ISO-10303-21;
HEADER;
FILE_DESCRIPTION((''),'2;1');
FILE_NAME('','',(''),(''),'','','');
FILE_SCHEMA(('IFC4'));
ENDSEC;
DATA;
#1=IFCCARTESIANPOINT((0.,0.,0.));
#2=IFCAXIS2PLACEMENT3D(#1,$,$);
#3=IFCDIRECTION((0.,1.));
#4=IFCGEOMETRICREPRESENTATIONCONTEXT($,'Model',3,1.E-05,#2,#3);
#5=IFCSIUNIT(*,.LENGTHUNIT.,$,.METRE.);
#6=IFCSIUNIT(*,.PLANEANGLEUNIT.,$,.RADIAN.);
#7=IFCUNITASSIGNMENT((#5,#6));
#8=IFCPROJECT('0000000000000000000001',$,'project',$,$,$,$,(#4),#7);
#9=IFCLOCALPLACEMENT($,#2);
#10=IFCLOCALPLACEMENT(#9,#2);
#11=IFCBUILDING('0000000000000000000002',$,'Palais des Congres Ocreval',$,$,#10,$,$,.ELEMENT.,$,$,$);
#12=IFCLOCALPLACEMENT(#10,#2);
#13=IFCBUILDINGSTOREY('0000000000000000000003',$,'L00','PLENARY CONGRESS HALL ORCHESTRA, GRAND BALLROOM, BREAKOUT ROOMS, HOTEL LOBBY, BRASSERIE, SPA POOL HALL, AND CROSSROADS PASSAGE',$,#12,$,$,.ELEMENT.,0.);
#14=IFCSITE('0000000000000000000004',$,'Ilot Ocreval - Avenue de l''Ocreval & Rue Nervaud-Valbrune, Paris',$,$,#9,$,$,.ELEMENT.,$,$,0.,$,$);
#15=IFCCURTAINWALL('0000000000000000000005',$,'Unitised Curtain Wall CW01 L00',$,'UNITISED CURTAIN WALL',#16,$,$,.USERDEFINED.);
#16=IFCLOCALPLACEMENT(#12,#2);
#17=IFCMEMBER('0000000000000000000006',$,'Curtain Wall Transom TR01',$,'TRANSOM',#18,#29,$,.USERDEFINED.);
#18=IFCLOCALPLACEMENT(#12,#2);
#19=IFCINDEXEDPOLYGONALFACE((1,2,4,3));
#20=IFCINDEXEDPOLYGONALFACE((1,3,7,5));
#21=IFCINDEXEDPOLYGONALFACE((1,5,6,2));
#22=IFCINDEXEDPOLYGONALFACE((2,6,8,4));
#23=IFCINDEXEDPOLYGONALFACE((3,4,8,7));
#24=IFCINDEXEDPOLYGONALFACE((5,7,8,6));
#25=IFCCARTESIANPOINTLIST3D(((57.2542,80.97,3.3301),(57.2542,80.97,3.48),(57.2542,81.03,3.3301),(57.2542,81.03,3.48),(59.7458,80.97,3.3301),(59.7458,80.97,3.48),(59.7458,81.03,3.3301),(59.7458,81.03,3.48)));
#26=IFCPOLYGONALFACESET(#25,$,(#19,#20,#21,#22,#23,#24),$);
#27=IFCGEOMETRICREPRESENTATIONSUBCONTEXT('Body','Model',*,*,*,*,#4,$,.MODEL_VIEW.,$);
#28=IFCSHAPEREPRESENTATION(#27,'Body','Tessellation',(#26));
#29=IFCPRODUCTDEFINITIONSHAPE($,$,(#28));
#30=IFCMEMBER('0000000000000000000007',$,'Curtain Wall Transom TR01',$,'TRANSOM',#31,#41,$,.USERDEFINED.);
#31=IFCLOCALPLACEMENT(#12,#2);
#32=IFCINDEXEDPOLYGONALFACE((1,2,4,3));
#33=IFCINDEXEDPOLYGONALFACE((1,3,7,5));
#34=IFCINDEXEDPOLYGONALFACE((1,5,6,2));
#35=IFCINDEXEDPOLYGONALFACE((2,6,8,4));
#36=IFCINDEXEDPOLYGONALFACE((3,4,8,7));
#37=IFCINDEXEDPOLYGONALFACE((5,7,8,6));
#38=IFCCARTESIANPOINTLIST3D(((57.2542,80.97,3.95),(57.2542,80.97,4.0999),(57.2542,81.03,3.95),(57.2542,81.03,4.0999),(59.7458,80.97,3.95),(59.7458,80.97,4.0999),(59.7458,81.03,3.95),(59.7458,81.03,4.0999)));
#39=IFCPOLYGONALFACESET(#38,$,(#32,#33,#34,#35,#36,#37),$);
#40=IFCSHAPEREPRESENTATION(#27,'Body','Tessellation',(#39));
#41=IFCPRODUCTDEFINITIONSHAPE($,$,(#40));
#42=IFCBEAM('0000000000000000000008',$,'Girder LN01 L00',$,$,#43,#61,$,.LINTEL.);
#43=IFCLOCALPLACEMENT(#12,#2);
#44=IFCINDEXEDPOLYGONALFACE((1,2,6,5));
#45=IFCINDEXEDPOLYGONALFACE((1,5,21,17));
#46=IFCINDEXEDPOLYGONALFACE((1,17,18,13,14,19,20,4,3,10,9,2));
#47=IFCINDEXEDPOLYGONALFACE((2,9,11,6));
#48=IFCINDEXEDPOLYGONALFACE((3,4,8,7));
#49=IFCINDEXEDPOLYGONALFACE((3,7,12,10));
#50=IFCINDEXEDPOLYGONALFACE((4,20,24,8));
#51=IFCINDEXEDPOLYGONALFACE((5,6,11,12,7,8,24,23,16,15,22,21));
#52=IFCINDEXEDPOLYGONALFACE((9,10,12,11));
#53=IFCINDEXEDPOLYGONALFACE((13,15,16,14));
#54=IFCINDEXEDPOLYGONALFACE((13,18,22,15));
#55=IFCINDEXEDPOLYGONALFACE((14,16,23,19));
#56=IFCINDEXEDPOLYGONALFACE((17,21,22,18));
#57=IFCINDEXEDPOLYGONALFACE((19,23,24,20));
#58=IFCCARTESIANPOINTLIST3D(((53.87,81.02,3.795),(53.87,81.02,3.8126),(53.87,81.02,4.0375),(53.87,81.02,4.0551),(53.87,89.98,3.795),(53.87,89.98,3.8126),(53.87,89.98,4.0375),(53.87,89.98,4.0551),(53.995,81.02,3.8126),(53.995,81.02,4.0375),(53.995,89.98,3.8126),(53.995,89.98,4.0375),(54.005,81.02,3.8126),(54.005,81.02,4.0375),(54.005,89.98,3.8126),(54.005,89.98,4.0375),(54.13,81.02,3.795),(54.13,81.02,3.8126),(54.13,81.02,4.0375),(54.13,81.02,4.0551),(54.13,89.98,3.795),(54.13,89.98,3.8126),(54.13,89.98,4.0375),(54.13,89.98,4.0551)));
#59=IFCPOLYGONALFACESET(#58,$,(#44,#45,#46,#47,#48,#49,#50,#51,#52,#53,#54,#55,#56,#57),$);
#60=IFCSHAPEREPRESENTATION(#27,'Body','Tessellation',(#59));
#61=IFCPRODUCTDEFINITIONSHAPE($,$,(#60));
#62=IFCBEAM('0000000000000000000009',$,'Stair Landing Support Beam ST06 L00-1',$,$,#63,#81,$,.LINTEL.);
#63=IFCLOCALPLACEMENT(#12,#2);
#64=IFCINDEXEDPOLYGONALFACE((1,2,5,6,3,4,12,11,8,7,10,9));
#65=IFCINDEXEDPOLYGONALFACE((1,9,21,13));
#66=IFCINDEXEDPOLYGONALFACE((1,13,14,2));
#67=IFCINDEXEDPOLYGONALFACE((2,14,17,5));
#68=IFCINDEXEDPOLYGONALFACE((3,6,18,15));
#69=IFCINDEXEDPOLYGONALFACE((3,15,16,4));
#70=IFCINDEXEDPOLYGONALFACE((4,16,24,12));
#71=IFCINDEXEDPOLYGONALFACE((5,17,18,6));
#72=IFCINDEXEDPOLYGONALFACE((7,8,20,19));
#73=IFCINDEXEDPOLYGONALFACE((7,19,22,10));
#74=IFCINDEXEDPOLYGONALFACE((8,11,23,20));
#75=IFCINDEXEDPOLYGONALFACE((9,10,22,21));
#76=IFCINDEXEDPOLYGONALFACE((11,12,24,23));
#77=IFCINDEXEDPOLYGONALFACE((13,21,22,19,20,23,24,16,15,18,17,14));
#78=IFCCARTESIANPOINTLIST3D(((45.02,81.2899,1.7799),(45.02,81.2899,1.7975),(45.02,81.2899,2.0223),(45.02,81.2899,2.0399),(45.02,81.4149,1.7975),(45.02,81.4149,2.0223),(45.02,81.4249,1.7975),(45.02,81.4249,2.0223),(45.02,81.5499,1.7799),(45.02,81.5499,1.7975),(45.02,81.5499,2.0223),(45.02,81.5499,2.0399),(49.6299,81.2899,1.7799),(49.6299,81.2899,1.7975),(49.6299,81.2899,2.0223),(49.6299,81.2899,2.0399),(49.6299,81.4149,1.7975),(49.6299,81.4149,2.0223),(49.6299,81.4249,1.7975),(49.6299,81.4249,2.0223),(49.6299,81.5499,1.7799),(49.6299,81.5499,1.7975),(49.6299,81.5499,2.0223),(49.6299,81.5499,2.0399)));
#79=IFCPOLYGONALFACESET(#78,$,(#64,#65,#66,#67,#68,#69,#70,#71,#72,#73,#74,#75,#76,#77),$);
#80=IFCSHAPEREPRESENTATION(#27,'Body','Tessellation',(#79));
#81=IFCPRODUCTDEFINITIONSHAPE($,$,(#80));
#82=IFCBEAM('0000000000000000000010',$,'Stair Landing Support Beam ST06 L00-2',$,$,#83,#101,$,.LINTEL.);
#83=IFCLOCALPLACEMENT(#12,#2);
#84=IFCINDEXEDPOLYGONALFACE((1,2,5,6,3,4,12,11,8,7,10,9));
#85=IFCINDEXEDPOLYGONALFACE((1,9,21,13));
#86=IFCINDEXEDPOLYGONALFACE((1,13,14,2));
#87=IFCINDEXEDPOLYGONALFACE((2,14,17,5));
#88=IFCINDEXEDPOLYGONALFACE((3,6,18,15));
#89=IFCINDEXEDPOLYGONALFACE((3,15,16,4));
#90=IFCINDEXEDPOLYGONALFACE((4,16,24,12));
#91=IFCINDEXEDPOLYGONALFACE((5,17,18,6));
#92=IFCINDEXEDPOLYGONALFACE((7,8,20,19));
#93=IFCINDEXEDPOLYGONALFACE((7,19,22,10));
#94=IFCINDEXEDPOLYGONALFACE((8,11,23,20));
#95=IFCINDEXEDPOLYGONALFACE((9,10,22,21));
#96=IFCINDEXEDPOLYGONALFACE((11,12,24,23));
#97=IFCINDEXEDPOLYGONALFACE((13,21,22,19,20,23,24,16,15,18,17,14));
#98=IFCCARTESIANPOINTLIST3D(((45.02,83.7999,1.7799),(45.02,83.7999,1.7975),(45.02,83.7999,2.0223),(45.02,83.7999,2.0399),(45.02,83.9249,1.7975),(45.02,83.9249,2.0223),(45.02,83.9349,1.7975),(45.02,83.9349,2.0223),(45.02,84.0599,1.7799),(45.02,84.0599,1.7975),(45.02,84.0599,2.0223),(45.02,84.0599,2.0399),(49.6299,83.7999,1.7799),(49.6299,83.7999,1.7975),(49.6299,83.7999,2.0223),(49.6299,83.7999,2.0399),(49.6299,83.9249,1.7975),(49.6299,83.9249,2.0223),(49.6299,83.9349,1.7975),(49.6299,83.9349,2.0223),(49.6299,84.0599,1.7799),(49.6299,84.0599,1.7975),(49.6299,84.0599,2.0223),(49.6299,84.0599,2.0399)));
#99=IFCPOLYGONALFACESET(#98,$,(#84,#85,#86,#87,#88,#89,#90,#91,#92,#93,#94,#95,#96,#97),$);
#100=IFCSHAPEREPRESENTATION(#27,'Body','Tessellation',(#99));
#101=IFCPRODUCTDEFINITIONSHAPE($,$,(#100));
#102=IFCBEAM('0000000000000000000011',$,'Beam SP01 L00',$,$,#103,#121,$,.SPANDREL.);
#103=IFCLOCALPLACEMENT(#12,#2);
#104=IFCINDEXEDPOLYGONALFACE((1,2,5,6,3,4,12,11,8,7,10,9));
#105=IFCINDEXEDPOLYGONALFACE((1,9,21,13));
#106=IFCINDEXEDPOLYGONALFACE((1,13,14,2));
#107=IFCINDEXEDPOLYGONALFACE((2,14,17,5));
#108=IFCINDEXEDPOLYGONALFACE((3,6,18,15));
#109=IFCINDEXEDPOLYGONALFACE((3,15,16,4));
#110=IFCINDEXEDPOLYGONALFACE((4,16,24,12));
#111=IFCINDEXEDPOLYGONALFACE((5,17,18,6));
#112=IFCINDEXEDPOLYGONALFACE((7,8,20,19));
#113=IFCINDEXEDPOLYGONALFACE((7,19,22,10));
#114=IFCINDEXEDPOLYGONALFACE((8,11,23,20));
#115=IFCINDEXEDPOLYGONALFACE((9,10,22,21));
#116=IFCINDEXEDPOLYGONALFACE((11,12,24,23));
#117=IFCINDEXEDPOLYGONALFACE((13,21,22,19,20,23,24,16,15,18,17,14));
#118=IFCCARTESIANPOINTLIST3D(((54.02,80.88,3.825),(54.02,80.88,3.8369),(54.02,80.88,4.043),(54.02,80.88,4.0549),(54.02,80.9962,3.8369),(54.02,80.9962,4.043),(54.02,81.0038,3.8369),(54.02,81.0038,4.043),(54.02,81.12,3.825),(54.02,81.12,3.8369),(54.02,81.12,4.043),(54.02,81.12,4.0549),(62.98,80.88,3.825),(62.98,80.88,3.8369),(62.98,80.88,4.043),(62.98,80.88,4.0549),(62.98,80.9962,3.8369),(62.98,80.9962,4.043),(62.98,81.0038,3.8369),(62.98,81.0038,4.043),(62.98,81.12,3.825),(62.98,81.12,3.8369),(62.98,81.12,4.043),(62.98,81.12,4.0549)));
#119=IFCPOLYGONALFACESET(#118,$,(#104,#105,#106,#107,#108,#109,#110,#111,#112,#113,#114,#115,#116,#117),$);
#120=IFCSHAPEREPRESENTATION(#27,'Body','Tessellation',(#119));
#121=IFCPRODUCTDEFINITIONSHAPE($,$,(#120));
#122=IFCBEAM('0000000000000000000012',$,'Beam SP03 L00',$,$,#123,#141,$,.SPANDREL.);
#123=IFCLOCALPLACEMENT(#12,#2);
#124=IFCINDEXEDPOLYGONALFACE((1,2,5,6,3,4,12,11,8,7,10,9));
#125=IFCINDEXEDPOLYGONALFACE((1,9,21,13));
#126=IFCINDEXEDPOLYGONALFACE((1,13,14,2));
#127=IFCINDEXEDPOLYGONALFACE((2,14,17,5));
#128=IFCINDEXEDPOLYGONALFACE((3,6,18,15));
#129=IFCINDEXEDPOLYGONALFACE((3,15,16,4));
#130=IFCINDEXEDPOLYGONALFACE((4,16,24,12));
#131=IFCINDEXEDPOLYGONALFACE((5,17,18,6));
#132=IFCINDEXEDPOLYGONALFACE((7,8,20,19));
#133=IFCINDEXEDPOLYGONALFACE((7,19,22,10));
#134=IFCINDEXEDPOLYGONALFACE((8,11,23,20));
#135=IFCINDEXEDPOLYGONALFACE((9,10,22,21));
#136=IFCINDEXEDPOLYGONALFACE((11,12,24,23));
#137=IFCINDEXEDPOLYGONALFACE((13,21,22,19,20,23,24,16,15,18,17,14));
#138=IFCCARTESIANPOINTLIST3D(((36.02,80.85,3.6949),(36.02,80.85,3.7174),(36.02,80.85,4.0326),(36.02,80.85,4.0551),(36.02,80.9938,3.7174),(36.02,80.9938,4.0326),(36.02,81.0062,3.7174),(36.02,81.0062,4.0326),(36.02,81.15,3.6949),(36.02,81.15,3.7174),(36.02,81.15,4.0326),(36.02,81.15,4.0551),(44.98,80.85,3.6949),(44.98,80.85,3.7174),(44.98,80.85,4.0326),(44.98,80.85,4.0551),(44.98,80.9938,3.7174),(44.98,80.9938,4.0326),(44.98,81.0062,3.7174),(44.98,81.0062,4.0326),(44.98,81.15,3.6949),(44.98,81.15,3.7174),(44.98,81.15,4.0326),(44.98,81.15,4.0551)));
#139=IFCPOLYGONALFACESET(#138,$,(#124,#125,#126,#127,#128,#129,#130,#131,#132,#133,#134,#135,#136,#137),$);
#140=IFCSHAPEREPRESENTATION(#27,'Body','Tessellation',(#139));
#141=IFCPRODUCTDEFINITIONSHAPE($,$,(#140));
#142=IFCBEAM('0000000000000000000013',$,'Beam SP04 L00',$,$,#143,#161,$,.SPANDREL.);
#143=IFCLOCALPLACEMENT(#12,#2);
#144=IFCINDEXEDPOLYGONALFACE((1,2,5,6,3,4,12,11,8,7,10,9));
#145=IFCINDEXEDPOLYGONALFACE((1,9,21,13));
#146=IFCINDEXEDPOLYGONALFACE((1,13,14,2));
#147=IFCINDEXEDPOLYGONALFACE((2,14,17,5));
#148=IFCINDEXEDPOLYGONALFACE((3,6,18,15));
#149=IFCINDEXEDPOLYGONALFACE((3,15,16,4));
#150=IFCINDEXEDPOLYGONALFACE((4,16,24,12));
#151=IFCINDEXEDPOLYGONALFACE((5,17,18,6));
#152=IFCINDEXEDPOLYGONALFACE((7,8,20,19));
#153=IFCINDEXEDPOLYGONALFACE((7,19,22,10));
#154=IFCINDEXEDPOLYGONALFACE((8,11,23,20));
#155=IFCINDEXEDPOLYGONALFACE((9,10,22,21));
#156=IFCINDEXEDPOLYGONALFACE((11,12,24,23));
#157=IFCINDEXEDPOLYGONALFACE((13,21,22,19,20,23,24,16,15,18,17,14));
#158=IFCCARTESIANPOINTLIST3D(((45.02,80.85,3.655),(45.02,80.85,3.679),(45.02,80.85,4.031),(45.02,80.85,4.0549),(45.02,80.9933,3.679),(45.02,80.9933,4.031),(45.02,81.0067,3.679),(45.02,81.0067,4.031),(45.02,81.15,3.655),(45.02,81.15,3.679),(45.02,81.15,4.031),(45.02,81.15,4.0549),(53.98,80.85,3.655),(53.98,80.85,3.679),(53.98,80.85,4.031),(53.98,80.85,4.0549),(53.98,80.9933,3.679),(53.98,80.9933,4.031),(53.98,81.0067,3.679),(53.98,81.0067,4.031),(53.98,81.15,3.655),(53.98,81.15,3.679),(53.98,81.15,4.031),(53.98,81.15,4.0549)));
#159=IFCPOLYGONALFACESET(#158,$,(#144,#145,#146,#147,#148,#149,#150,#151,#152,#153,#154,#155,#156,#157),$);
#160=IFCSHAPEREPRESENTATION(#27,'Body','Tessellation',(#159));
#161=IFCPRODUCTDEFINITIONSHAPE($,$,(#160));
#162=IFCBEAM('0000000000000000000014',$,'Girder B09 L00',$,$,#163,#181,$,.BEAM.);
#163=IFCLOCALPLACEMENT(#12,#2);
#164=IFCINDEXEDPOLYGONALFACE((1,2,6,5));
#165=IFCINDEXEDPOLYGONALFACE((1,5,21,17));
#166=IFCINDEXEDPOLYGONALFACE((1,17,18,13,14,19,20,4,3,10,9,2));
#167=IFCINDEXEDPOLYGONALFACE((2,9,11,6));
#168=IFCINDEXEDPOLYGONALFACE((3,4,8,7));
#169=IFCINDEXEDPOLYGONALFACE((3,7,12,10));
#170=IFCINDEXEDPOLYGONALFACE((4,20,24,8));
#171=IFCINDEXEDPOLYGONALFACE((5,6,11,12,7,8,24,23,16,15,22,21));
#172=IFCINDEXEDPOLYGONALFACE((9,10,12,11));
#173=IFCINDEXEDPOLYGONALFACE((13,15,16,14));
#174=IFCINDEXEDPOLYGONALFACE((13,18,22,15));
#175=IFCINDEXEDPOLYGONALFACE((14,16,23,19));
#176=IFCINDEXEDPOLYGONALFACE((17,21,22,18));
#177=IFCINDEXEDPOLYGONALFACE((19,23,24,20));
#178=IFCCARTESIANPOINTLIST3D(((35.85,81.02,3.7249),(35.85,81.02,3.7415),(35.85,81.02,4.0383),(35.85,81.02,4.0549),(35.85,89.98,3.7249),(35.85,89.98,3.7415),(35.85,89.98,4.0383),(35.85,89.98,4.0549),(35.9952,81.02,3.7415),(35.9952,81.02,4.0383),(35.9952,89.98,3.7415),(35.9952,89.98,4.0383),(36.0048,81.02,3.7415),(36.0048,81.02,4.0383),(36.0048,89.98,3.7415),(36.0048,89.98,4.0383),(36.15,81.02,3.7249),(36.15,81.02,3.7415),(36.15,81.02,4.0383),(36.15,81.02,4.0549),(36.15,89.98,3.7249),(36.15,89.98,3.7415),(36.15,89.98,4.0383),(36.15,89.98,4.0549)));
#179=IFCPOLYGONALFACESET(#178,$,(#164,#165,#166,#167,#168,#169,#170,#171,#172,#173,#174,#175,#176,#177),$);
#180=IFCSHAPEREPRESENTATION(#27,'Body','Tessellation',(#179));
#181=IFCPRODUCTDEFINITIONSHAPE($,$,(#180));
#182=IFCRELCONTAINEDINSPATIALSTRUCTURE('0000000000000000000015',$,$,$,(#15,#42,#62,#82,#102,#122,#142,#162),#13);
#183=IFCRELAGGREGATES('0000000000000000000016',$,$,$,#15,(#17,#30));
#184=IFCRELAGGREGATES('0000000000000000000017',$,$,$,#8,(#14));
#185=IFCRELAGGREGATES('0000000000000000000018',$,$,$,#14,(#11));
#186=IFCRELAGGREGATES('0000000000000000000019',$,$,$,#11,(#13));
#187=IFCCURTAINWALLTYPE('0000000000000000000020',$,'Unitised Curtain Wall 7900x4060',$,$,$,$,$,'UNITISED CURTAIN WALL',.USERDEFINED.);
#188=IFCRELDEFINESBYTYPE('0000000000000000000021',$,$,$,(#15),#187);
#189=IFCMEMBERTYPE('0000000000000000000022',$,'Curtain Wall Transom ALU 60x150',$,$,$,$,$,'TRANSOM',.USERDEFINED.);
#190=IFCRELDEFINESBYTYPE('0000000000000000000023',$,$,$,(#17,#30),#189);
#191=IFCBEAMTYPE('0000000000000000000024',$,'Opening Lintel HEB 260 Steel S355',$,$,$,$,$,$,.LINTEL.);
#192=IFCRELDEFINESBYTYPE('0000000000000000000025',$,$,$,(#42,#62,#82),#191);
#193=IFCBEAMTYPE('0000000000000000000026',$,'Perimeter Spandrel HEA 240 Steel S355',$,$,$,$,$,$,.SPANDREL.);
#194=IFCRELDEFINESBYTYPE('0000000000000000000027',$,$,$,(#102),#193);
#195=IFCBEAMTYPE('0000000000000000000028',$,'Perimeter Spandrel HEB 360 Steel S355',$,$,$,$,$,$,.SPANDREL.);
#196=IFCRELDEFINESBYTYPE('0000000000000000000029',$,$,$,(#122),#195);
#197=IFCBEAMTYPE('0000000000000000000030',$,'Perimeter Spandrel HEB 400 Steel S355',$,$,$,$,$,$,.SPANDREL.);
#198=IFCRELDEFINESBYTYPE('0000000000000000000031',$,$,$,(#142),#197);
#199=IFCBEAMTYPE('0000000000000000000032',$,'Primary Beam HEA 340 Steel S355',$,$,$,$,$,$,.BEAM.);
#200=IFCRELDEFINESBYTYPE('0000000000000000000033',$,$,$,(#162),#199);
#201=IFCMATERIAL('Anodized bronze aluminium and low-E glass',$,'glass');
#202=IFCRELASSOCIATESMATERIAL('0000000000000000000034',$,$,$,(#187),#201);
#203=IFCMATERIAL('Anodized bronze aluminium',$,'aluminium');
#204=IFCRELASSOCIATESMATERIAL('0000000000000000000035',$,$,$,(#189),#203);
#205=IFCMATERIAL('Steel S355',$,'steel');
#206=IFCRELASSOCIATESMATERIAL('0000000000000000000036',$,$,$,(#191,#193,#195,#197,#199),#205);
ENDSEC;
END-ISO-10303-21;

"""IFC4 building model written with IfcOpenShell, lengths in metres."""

from ifc_helpers import new_model, si_unit, direction, frame, origin, origin_2d, place, context, subcontext, project, spatial, rectangle, i_section, extrude, material, material_profile, profile_set, type_object, element, aggregate, save


model = new_model("IFC4")

# Units and contexts
model_context = context("Model", 3, precision=1e-05, world=origin(), true_north=direction((0.0, 1.0)))
body_context = subcontext(model_context, "Body", "Model", "MODEL_VIEW")
ifc_project = project(units=[si_unit("LENGTHUNIT", "METRE"), si_unit("PLANEANGLEUNIT", "RADIAN")], contexts=[model_context])

# Site, building, storey
site_placement = place(None, origin())
site = spatial("IfcSite", under=ifc_project, at=site_placement, Name="Ilot Ocreval - Avenue de l'Ocreval & Rue Nervaud-Valbrune, Paris", CompositionType="ELEMENT", RefElevation=0.0)
building_placement = place(site_placement, origin())
building = spatial("IfcBuilding", under=site, at=building_placement, Name="Palais des Congres Ocreval", CompositionType="ELEMENT")
storey_placement = place(building_placement, origin())
storey = spatial("IfcBuildingStorey", under=building, at=storey_placement, Name="L00", Description="PLENARY CONGRESS HALL ORCHESTRA, GRAND BALLROOM, BREAKOUT ROOMS, HOTEL LOBBY, BRASSERIE, SPA POOL HALL, AND CROSSROADS PASSAGE", CompositionType="ELEMENT", Elevation=0.0)

# Shared definitions
ifc_material_1 = material(Name="Steel S355", Category="steel")

# Curtain wall, members
ifc_material_2 = material(Name="Anodized bronze aluminium and low-E glass", Category="glass")
curtain_wall_type = type_object("IfcCurtainWallType", Name="Unitised Curtain Wall 7900x4060", ElementType="UNITISED CURTAIN WALL", PredefinedType="USERDEFINED", material=ifc_material_2)
curtain_wall_placement = place(storey_placement, origin())
curtain_wall = element("IfcCurtainWall", 1, at=curtain_wall_placement, inside=storey, type_object=curtain_wall_type, Name="Unitised Curtain Wall CW01 L00", ObjectType="UNITISED CURTAIN WALL", PredefinedType="USERDEFINED")
ifc_material_3 = material(Name="Anodized bronze aluminium", Category="aluminium")
ifc_material_profile_1 = material_profile(ifc_material_3, rectangle(XDim=0.0601, YDim=0.1499, at=origin_2d()), Name="ALU 60x150")
ifc_profile_set_1 = profile_set([ifc_material_profile_1], Name="Anodized bronze aluminium")
member_type_1 = type_object("IfcMemberType", Name="Curtain Wall Transom ALU 60x150", ElementType="TRANSOM", PredefinedType="USERDEFINED", material=ifc_profile_set_1)
member_1_placement = place(storey_placement, frame((57.2542, 81.0, 3.405), z_axis=(1.0, 0.0, 0.0), x_axis=(0.0, 1.0, 0.0)))
member_1 = element("IfcMember", 2, at=member_1_placement, type_object=member_type_1, Name="Curtain Wall Transom TR01", ObjectType="TRANSOM", PredefinedType="USERDEFINED", context=body_context, shape_type="SweptSolid", body=[
    extrude(rectangle(XDim=0.0601, YDim=0.1499, at=origin_2d()), origin(), (0.0, 0.0, 1.0), 2.4917),
])
member_2_placement = place(storey_placement, frame((57.2542, 81.0, 4.0249), z_axis=(1.0, 0.0, 0.0), x_axis=(0.0, 1.0, 0.0)))
member_2 = element("IfcMember", 3, at=member_2_placement, type_object=member_type_1, Name="Curtain Wall Transom TR01", ObjectType="TRANSOM", PredefinedType="USERDEFINED", context=body_context, shape_type="SweptSolid", body=[
    extrude(rectangle(XDim=0.0601, YDim=0.1499, at=origin_2d()), origin(), (0.0, 0.0, 1.0), 2.4917),
])

# Beams
ifc_material_profile_2 = material_profile(ifc_material_1, i_section(OverallWidth=0.26, OverallDepth=0.26, WebThickness=0.01, FlangeThickness=0.0176, at=origin_2d()), Name="HEB 260")
ifc_profile_set_2 = profile_set([ifc_material_profile_2], Name="Steel S355")
beam_type_1 = type_object("IfcBeamType", Name="Opening Lintel HEB 260 Steel S355", PredefinedType="LINTEL", material=ifc_profile_set_2)
beam_1_placement = place(storey_placement, frame((54.0, 81.02, 3.925), z_axis=(0.0, 1.0, 0.0), x_axis=(-1.0, 0.0, 0.0)))
element("IfcBeam", 4, at=beam_1_placement, inside=storey, type_object=beam_type_1, Name="Girder LN01 L00", PredefinedType="LINTEL", context=body_context, shape_type="SweptSolid", body=[
    extrude(i_section(OverallWidth=0.26, OverallDepth=0.26, WebThickness=0.01, FlangeThickness=0.0176, at=origin_2d()), origin(), (0.0, 0.0, 1.0), 8.96),
])
for number, where, z_axis, x_axis, name in (
    (5, (45.02, 81.4199, 1.9099), (1.0, 0.0, 0.0), (0.0, 1.0, 0.0), "Stair Landing Support Beam ST06 L00-1"),
    (6, (45.02, 83.9299, 1.9099), (1.0, 0.0, 0.0), (0.0, 1.0, 0.0), "Stair Landing Support Beam ST06 L00-2"),
):
    element("IfcBeam", number, at=place(storey_placement, frame(where, z_axis=z_axis, x_axis=x_axis)), inside=storey, type_object=beam_type_1, Name=name, PredefinedType="LINTEL", context=body_context, shape_type="SweptSolid", body=[
        extrude(i_section(OverallWidth=0.26, OverallDepth=0.26, WebThickness=0.01, FlangeThickness=0.0176, at=origin_2d()), origin(), (0.0, 0.0, 1.0), 4.6099),
    ])
ifc_material_profile_3 = material_profile(ifc_material_1, i_section(OverallWidth=0.24, OverallDepth=0.23, WebThickness=0.0076, FlangeThickness=0.012, at=origin_2d()), Name="HEA 240")
ifc_profile_set_3 = profile_set([ifc_material_profile_3], Name="Steel S355")
beam_type_2 = type_object("IfcBeamType", Name="Perimeter Spandrel HEA 240 Steel S355", PredefinedType="SPANDREL", material=ifc_profile_set_3)
beam_2_placement = place(storey_placement, frame((54.02, 81.0, 3.9399), z_axis=(1.0, 0.0, 0.0), x_axis=(0.0, 1.0, 0.0)))
element("IfcBeam", 7, at=beam_2_placement, inside=storey, type_object=beam_type_2, Name="Beam SP01 L00", PredefinedType="SPANDREL", context=body_context, shape_type="SweptSolid", body=[
    extrude(i_section(OverallWidth=0.24, OverallDepth=0.23, WebThickness=0.0076, FlangeThickness=0.012, at=origin_2d()), origin(), (0.0, 0.0, 1.0), 8.96),
])
ifc_material_profile_4 = material_profile(ifc_material_1, i_section(OverallWidth=0.3, OverallDepth=0.3601, WebThickness=0.0125, FlangeThickness=0.0225, at=origin_2d()), Name="HEB 360")
ifc_profile_set_4 = profile_set([ifc_material_profile_4], Name="Steel S355")
beam_type_3 = type_object("IfcBeamType", Name="Perimeter Spandrel HEB 360 Steel S355", PredefinedType="SPANDREL", material=ifc_profile_set_4)
beam_3_placement = place(storey_placement, frame((36.02, 81.0, 3.875), z_axis=(1.0, 0.0, 0.0), x_axis=(0.0, 1.0, 0.0)))
element("IfcBeam", 8, at=beam_3_placement, inside=storey, type_object=beam_type_3, Name="Beam SP03 L00", PredefinedType="SPANDREL", context=body_context, shape_type="SweptSolid", body=[
    extrude(i_section(OverallWidth=0.3, OverallDepth=0.3601, WebThickness=0.0125, FlangeThickness=0.0225, at=origin_2d()), origin(), (0.0, 0.0, 1.0), 8.96),
])
ifc_material_profile_5 = material_profile(ifc_material_1, i_section(OverallWidth=0.3, OverallDepth=0.3999, WebThickness=0.0134, FlangeThickness=0.0239, at=origin_2d()), Name="HEB 400")
ifc_profile_set_5 = profile_set([ifc_material_profile_5], Name="Steel S355")
beam_type_4 = type_object("IfcBeamType", Name="Perimeter Spandrel HEB 400 Steel S355", PredefinedType="SPANDREL", material=ifc_profile_set_5)
beam_4_placement = place(storey_placement, frame((45.02, 81.0, 3.855), z_axis=(1.0, 0.0, 0.0), x_axis=(0.0, 1.0, 0.0)))
element("IfcBeam", 9, at=beam_4_placement, inside=storey, type_object=beam_type_4, Name="Beam SP04 L00", PredefinedType="SPANDREL", context=body_context, shape_type="SweptSolid", body=[
    extrude(i_section(OverallWidth=0.3, OverallDepth=0.3999, WebThickness=0.0134, FlangeThickness=0.0239, at=origin_2d()), origin(), (0.0, 0.0, 1.0), 8.96),
])
ifc_material_profile_6 = material_profile(ifc_material_1, i_section(OverallWidth=0.3, OverallDepth=0.3301, WebThickness=0.0095, FlangeThickness=0.0166, at=origin_2d()), Name="HEA 340")
ifc_profile_set_6 = profile_set([ifc_material_profile_6], Name="Steel S355")
beam_type_5 = type_object("IfcBeamType", Name="Primary Beam HEA 340 Steel S355", PredefinedType="BEAM", material=ifc_profile_set_6)
beam_5_placement = place(storey_placement, frame((36.0, 81.02, 3.8899), z_axis=(0.0, 1.0, 0.0), x_axis=(-1.0, 0.0, 0.0)))
element("IfcBeam", 10, at=beam_5_placement, inside=storey, type_object=beam_type_5, Name="Girder B09 L00", PredefinedType="BEAM", context=body_context, shape_type="SweptSolid", body=[
    extrude(i_section(OverallWidth=0.3, OverallDepth=0.3301, WebThickness=0.0095, FlangeThickness=0.0166, at=origin_2d()), origin(), (0.0, 0.0, 1.0), 8.96),
])

aggregate(curtain_wall, [member_1, member_2])

save(model, "model.ifc")
